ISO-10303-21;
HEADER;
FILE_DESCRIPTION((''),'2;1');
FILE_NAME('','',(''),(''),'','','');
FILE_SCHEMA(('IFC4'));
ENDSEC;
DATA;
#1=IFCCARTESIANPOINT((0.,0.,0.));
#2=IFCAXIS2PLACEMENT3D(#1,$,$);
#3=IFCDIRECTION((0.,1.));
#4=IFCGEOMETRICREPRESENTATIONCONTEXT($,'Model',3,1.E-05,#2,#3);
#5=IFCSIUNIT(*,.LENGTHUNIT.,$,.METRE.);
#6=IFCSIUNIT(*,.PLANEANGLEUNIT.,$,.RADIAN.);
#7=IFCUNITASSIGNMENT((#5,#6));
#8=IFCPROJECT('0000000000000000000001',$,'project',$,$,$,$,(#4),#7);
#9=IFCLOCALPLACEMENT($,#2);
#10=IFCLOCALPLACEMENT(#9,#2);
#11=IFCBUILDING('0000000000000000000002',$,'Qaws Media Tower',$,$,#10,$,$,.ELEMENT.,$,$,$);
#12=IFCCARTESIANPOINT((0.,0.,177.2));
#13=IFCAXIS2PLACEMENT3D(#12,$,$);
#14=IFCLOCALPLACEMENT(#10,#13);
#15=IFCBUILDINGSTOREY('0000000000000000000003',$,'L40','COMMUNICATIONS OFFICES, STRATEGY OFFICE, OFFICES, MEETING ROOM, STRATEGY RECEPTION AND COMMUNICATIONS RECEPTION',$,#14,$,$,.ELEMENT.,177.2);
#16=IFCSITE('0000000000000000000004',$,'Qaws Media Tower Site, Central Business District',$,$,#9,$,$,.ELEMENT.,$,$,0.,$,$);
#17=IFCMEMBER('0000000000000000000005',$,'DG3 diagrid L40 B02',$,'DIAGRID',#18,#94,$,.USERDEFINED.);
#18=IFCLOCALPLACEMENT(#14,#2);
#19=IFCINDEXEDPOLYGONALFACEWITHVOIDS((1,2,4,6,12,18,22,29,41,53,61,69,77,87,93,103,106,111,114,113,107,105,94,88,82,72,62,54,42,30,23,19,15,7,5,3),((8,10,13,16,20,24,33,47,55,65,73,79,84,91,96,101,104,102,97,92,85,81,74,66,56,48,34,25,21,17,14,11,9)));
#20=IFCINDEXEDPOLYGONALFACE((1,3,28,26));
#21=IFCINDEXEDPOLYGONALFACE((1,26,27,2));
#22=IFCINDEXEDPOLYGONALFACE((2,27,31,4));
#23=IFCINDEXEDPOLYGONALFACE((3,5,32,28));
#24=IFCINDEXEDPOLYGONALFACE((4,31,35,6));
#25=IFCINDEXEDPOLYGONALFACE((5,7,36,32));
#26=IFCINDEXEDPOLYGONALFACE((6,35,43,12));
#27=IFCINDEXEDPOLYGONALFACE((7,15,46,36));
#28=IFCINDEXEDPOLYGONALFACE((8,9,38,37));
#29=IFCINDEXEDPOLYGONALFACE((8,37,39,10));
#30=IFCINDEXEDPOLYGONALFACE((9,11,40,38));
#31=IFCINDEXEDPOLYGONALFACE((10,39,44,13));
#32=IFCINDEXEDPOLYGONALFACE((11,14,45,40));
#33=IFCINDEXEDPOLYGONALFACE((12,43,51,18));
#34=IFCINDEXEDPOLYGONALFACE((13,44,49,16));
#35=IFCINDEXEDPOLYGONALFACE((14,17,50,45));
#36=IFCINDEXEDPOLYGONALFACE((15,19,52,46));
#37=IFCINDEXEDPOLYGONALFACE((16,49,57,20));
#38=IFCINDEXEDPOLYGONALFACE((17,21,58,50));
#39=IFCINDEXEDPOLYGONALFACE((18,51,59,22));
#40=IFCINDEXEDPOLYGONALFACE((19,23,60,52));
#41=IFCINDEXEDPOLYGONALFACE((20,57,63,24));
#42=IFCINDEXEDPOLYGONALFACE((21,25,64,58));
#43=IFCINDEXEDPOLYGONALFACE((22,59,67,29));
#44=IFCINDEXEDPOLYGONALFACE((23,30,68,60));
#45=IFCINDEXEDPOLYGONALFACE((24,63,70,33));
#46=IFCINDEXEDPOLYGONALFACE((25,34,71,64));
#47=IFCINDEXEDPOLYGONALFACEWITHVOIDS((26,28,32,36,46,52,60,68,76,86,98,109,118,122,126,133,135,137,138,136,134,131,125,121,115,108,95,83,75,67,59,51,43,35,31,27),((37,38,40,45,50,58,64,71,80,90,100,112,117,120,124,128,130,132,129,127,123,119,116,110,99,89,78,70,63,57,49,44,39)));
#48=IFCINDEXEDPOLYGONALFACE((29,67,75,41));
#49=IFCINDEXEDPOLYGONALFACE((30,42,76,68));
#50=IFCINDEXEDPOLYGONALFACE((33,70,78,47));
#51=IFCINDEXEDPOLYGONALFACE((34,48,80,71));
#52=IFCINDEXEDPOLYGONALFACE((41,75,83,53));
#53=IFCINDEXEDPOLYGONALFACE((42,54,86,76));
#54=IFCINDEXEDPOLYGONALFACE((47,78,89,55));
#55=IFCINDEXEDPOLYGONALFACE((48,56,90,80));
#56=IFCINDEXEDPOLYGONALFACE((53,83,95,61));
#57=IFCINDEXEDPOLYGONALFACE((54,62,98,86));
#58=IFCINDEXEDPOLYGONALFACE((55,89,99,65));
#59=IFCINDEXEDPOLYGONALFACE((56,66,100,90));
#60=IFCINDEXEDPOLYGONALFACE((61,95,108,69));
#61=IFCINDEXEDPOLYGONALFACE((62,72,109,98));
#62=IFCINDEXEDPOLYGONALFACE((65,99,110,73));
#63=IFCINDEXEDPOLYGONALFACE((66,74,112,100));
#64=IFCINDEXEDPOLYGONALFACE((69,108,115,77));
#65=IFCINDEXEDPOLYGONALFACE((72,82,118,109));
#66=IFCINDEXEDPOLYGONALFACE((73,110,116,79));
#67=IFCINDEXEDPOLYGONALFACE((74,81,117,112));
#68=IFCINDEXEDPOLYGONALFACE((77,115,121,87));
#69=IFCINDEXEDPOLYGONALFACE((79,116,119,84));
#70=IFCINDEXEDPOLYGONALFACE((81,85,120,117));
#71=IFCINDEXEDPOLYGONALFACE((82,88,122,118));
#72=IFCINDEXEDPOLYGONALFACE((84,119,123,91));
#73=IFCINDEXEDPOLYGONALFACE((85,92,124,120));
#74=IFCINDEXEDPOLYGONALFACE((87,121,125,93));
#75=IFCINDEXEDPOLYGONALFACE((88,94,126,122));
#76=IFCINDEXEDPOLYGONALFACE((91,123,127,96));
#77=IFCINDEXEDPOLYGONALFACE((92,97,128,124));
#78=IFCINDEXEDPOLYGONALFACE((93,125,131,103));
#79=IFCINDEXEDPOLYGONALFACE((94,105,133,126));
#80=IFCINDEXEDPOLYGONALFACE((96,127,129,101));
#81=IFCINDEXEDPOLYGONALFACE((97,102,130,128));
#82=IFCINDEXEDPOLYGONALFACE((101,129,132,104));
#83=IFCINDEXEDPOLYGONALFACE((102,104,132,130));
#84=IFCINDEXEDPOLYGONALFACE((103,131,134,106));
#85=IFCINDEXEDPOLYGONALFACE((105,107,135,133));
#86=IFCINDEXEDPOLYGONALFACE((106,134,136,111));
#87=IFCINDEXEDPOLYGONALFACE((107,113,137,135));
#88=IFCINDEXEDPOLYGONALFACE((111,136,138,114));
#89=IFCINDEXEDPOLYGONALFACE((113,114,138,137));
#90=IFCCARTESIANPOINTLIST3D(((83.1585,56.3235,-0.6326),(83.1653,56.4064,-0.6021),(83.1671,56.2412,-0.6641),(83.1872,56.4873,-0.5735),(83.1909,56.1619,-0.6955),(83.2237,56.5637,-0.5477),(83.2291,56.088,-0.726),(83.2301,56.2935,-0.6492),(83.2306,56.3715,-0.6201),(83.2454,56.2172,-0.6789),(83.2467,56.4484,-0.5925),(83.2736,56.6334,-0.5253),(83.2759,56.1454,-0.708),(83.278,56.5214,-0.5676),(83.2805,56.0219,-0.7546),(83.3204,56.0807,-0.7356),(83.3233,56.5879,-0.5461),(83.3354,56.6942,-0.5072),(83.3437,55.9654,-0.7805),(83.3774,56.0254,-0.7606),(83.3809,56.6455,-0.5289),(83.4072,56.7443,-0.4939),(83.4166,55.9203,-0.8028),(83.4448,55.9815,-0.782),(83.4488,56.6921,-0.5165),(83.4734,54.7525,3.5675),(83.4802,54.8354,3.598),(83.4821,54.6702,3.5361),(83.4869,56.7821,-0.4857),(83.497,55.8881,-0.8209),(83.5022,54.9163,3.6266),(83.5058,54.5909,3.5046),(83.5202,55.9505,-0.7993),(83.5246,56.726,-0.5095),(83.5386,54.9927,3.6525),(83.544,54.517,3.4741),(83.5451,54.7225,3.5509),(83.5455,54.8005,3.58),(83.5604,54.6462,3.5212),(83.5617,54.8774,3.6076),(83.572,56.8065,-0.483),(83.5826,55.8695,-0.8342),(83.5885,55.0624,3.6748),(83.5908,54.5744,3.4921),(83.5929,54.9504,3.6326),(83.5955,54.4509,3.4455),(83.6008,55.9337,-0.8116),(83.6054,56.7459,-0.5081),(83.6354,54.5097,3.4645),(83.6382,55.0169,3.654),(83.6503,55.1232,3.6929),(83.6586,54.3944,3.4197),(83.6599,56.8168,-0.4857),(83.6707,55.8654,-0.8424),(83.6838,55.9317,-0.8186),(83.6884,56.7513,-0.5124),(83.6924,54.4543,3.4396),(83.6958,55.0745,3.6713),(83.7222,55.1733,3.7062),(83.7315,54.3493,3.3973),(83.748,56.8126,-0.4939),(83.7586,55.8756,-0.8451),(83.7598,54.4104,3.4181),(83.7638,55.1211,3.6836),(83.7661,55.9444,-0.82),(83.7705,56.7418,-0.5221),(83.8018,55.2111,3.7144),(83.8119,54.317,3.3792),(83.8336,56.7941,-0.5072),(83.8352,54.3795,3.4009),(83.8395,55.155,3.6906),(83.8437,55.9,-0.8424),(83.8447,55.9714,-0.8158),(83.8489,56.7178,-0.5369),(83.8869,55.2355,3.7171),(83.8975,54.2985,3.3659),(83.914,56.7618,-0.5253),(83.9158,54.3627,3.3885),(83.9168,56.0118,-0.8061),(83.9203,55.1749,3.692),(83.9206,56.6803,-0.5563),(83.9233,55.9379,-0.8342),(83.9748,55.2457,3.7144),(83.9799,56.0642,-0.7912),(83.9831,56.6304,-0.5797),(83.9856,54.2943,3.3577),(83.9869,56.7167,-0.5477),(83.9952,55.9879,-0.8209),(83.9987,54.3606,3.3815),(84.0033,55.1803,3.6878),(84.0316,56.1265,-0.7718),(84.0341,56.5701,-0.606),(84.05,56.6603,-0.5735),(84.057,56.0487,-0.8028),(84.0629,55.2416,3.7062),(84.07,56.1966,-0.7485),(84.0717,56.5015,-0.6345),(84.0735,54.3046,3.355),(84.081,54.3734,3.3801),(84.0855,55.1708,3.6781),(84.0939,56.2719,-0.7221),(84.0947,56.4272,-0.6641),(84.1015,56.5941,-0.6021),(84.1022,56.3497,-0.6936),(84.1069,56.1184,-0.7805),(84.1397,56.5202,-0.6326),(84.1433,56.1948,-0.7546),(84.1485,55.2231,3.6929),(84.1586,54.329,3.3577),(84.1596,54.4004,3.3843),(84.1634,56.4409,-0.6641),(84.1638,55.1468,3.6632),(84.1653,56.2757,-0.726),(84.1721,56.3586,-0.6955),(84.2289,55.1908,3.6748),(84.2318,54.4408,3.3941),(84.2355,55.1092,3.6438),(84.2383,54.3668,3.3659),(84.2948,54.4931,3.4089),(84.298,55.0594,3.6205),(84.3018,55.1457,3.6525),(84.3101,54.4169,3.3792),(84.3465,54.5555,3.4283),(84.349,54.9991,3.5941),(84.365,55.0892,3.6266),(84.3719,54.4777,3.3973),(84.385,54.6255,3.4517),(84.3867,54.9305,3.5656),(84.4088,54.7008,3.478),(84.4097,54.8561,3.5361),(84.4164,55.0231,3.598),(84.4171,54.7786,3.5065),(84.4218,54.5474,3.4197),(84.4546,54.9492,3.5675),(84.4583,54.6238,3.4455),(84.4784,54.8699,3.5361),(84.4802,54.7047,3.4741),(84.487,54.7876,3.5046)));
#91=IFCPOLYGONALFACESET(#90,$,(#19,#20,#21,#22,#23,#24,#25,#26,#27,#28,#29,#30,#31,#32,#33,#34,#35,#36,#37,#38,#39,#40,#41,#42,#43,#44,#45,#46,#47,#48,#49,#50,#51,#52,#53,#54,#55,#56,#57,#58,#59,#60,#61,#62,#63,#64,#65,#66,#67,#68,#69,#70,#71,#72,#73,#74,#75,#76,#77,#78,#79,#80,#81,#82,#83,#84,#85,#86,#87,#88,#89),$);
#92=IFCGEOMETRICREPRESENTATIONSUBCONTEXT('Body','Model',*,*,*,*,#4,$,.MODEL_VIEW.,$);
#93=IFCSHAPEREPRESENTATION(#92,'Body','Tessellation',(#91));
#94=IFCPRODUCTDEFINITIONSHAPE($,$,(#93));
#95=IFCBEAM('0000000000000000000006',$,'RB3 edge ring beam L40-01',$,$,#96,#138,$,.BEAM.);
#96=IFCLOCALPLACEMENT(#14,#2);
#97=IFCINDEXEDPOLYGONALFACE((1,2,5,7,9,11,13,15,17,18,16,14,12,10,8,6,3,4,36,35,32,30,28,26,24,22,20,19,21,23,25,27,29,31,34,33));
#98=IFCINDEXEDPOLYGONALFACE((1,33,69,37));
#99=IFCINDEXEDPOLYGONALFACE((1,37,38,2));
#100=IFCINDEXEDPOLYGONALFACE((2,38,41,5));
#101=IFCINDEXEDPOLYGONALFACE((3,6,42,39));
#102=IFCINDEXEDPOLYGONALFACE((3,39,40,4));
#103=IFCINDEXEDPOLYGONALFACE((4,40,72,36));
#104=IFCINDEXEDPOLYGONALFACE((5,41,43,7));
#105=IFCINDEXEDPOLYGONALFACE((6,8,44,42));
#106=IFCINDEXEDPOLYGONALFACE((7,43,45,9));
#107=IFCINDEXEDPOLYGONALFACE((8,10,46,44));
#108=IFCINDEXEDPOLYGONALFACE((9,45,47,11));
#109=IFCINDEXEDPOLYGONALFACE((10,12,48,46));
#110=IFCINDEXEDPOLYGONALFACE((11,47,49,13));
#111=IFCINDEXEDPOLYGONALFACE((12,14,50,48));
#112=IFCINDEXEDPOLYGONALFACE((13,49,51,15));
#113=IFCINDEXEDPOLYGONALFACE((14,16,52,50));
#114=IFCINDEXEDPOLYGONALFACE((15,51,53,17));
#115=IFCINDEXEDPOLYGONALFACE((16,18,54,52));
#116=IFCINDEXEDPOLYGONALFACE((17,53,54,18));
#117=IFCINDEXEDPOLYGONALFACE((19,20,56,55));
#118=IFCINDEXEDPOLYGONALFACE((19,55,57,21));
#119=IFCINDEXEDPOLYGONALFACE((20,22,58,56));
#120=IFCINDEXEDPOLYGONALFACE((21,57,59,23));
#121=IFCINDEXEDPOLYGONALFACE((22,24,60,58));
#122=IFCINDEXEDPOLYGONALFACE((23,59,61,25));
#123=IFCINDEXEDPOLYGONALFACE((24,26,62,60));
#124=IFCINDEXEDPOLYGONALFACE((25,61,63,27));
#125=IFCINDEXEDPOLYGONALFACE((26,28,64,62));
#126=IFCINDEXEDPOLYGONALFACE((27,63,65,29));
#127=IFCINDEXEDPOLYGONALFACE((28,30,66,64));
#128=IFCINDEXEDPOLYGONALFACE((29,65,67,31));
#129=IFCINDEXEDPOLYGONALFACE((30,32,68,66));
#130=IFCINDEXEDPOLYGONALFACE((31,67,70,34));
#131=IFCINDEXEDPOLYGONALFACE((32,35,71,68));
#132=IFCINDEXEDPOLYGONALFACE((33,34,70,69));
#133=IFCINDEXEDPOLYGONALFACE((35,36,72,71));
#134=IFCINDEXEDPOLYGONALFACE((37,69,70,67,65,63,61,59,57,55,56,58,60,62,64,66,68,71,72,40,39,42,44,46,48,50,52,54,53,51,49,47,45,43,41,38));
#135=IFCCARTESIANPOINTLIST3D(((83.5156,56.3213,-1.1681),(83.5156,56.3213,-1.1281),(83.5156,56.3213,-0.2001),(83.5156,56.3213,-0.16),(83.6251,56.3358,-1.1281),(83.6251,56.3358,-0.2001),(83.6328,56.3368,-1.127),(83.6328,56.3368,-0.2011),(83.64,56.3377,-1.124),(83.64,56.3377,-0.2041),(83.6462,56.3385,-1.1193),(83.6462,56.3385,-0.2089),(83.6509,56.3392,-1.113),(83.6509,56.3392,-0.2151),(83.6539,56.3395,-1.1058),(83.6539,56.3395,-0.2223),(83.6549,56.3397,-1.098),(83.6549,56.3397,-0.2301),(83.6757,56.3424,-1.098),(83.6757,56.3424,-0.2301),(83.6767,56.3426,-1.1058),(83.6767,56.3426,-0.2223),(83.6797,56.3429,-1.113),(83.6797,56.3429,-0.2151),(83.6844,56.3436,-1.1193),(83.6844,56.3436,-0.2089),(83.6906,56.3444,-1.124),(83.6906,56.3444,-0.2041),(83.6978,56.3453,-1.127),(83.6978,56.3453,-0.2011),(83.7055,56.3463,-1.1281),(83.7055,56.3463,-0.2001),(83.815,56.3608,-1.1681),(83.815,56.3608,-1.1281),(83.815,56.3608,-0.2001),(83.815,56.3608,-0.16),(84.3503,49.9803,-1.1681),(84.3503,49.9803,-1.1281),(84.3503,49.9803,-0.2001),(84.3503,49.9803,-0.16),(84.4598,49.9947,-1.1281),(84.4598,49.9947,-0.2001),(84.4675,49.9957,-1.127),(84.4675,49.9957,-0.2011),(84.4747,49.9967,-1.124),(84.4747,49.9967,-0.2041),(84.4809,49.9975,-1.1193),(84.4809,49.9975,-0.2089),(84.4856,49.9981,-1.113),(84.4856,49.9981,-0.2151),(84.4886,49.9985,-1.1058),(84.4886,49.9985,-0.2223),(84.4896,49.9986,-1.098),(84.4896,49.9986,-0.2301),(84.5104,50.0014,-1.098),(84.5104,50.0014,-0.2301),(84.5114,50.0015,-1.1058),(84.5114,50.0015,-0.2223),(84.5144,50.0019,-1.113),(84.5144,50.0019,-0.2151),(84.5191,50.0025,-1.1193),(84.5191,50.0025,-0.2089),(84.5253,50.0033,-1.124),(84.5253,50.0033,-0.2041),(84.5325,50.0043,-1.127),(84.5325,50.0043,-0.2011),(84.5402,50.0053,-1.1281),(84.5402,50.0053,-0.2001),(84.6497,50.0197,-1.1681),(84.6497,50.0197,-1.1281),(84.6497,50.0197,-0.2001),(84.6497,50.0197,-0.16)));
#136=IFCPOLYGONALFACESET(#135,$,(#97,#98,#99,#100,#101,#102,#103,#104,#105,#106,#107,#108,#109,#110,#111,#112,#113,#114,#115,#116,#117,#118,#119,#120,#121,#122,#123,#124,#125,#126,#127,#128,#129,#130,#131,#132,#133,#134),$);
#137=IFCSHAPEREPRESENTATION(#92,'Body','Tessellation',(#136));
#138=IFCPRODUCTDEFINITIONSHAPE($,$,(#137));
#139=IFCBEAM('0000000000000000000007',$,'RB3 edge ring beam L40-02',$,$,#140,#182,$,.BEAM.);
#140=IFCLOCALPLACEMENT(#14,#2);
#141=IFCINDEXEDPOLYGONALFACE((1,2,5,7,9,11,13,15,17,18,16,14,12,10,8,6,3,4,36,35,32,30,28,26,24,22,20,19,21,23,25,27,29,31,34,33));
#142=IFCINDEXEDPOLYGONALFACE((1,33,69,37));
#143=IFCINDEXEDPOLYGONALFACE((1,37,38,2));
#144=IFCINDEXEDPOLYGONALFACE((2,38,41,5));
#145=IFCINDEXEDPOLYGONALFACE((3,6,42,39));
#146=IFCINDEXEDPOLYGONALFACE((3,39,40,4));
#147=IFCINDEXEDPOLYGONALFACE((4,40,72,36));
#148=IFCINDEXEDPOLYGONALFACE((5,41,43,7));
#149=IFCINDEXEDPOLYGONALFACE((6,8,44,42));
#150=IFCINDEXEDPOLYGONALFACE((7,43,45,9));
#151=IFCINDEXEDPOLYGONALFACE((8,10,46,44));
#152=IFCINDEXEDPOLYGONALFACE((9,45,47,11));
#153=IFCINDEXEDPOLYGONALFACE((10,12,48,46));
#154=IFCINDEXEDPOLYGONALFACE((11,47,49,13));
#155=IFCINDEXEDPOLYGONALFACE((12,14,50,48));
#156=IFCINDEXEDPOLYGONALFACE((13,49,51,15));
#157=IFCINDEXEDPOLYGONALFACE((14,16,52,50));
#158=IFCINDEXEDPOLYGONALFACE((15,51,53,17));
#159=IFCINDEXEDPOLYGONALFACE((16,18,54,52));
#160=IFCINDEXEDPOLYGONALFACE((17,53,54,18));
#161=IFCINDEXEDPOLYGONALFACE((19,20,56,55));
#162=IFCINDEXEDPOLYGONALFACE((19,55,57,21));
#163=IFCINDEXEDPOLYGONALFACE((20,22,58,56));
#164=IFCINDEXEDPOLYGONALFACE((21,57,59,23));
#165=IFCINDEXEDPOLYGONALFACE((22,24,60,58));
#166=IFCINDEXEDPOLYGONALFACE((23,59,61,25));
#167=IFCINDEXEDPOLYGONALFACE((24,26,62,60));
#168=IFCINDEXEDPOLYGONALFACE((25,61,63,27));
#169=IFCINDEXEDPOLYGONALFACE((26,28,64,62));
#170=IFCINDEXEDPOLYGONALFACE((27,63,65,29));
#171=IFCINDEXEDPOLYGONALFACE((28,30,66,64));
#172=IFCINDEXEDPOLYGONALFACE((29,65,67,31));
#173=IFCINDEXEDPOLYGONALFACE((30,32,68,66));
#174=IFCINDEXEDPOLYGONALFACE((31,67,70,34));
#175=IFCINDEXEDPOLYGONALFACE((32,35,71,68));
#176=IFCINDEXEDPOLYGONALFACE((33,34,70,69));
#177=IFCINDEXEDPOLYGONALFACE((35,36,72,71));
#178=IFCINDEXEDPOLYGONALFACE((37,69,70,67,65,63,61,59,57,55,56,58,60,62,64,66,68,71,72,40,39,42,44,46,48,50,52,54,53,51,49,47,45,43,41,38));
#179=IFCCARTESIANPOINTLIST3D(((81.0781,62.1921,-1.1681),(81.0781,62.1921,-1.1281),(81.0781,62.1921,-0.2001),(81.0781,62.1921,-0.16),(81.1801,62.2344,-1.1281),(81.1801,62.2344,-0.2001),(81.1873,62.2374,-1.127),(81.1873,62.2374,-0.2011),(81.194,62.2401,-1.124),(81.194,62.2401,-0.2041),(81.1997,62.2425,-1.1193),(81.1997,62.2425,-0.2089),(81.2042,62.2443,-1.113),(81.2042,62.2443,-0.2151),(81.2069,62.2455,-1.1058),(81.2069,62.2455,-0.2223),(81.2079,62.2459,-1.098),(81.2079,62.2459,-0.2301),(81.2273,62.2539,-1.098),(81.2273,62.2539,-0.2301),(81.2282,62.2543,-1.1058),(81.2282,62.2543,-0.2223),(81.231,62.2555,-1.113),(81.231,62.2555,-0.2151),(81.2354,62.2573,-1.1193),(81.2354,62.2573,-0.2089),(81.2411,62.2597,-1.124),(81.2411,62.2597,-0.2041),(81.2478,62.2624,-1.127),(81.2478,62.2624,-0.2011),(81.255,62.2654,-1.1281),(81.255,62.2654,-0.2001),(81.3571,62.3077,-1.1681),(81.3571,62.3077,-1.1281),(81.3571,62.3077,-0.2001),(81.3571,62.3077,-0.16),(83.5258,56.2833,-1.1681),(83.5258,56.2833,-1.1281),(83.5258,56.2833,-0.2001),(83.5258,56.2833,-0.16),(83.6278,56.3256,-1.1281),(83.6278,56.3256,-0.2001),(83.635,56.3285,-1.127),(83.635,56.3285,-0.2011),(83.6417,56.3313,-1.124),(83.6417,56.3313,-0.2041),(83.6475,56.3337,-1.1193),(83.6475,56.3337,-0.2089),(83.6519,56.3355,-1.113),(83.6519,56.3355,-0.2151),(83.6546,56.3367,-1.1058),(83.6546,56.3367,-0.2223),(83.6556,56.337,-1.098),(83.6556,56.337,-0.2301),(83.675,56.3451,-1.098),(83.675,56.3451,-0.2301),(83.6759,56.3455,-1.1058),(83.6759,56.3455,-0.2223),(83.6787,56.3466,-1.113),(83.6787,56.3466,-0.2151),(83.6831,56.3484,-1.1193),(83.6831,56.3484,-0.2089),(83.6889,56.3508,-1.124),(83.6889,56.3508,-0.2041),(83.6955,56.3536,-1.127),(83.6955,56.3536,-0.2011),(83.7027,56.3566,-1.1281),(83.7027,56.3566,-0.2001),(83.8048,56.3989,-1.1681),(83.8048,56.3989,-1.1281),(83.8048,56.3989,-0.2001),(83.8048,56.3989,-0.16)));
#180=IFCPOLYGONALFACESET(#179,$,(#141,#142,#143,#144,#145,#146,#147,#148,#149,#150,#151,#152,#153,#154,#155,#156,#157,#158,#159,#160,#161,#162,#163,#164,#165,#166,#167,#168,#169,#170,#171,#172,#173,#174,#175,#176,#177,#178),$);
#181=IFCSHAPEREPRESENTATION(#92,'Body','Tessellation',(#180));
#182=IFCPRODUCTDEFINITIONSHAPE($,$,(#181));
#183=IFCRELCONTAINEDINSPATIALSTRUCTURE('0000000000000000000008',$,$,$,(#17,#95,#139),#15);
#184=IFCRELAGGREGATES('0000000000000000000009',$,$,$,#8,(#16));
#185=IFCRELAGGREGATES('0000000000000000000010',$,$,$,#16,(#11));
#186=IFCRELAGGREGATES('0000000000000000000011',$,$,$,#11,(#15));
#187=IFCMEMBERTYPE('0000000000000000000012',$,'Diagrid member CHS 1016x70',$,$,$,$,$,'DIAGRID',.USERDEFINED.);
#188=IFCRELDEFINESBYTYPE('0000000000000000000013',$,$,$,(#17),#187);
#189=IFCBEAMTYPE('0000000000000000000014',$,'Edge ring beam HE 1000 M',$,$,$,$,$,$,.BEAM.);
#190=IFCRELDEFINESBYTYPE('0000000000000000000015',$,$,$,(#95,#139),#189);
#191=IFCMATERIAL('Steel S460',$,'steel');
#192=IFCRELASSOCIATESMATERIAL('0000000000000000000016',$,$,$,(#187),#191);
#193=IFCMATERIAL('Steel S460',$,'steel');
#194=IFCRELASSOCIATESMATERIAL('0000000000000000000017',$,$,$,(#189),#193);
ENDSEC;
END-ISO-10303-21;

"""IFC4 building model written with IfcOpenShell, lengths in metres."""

from ifc_helpers import new_model, si_unit, direction, frame, origin, origin_2d, place, context, subcontext, project, spatial, hollow_circle, i_section, extrude, material, material_profile, profile_set, type_object, element, save


model = new_model("IFC4")

# Units and contexts
model_context = context("Model", 3, precision=1e-05, world=origin(), true_north=direction((0.0, 1.0)))
body_context = subcontext(model_context, "Body", "Model", "MODEL_VIEW")
ifc_project = project(units=[si_unit("LENGTHUNIT", "METRE"), si_unit("PLANEANGLEUNIT", "RADIAN")], contexts=[model_context])

# Site, building, storey
site_placement = place(None, origin())
site = spatial("IfcSite", under=ifc_project, at=site_placement, Name="Qaws Media Tower Site, Central Business District", CompositionType="ELEMENT", RefElevation=0.0)
building_placement = place(site_placement, origin())
building = spatial("IfcBuilding", under=site, at=building_placement, Name="Qaws Media Tower", CompositionType="ELEMENT")
storey_placement = place(building_placement, frame((0.0, 0.0, 177.2)))
storey = spatial("IfcBuildingStorey", under=building, at=storey_placement, Name="L40", Description="COMMUNICATIONS OFFICES, STRATEGY OFFICE, OFFICES, MEETING ROOM, STRATEGY RECEPTION AND COMMUNICATIONS RECEPTION", CompositionType="ELEMENT", Elevation=177.2)

# Member
ifc_material_1 = material(Name="Steel S460", Category="steel")
ifc_material_profile_1 = material_profile(ifc_material_1, hollow_circle(Radius=0.5081, WallThickness=0.0701, at=origin_2d()), Name="CHS 1016x70")
ifc_profile_set_1 = profile_set([ifc_material_profile_1], Name="Steel S460")
member_type_1 = type_object("IfcMemberType", Name="Diagrid member CHS 1016x70", ElementType="DIAGRID", PredefinedType="USERDEFINED", material=ifc_profile_set_1)
for number, where, z_axis, x_axis, name in (
    (1, (83.6653, 56.3411, -0.6641), (0.070058, -0.349475, 0.934323), (0.980493, 0.196556, 0.0), "DG3 diagrid L40 B02"),
):
    element("IfcMember", number, at=place(storey_placement, frame(where, z_axis=z_axis, x_axis=x_axis)), inside=storey, type_object=member_type_1, Name=name, ObjectType="DIAGRID", PredefinedType="USERDEFINED", context=body_context, shape_type="SweptSolid", body=[
        extrude(hollow_circle(Radius=0.5081, WallThickness=0.0701, at=origin_2d()), origin(), (0.0, 0.0, 1.0), 4.4954),
    ])

# Beams
ifc_material_2 = material(Name="Steel S460", Category="steel")
ifc_material_profile_2 = material_profile(ifc_material_2, i_section(OverallWidth=0.302, OverallDepth=1.0081, WebThickness=0.021, FlangeThickness=0.04, FilletRadius=0.03, at=origin_2d()), Name="HE 1000 M")
ifc_profile_set_2 = profile_set([ifc_material_profile_2], Name="Steel S460")
beam_type_1 = type_object("IfcBeamType", Name="Edge ring beam HE 1000 M", PredefinedType="BEAM", material=ifc_profile_set_2)
for number, where, z_axis, x_axis, name in (
    (2, (84.5, 50.0, -0.6641), (-0.130511, 0.991447, 0.0), (-0.991447, -0.130511, 0.0), "RB3 edge ring beam L40-01"),
    (3, (83.6653, 56.3411, -0.6641), (-0.382709, 0.923869, 0.0), (-0.923869, -0.382709, 0.0), "RB3 edge ring beam L40-02"),
):
    element("IfcBeam", number, at=place(storey_placement, frame(where, z_axis=z_axis, x_axis=x_axis)), inside=storey, type_object=beam_type_1, Name=name, PredefinedType="BEAM", context=body_context, shape_type="SweptSolid", body=[
        extrude(i_section(OverallWidth=0.302, OverallDepth=1.0081, WebThickness=0.021, FlangeThickness=0.04, FilletRadius=0.03, at=origin_2d()), origin(), (0.0, 0.0, 1.0), 6.3958),
    ])

save(model, "model.ifc")
